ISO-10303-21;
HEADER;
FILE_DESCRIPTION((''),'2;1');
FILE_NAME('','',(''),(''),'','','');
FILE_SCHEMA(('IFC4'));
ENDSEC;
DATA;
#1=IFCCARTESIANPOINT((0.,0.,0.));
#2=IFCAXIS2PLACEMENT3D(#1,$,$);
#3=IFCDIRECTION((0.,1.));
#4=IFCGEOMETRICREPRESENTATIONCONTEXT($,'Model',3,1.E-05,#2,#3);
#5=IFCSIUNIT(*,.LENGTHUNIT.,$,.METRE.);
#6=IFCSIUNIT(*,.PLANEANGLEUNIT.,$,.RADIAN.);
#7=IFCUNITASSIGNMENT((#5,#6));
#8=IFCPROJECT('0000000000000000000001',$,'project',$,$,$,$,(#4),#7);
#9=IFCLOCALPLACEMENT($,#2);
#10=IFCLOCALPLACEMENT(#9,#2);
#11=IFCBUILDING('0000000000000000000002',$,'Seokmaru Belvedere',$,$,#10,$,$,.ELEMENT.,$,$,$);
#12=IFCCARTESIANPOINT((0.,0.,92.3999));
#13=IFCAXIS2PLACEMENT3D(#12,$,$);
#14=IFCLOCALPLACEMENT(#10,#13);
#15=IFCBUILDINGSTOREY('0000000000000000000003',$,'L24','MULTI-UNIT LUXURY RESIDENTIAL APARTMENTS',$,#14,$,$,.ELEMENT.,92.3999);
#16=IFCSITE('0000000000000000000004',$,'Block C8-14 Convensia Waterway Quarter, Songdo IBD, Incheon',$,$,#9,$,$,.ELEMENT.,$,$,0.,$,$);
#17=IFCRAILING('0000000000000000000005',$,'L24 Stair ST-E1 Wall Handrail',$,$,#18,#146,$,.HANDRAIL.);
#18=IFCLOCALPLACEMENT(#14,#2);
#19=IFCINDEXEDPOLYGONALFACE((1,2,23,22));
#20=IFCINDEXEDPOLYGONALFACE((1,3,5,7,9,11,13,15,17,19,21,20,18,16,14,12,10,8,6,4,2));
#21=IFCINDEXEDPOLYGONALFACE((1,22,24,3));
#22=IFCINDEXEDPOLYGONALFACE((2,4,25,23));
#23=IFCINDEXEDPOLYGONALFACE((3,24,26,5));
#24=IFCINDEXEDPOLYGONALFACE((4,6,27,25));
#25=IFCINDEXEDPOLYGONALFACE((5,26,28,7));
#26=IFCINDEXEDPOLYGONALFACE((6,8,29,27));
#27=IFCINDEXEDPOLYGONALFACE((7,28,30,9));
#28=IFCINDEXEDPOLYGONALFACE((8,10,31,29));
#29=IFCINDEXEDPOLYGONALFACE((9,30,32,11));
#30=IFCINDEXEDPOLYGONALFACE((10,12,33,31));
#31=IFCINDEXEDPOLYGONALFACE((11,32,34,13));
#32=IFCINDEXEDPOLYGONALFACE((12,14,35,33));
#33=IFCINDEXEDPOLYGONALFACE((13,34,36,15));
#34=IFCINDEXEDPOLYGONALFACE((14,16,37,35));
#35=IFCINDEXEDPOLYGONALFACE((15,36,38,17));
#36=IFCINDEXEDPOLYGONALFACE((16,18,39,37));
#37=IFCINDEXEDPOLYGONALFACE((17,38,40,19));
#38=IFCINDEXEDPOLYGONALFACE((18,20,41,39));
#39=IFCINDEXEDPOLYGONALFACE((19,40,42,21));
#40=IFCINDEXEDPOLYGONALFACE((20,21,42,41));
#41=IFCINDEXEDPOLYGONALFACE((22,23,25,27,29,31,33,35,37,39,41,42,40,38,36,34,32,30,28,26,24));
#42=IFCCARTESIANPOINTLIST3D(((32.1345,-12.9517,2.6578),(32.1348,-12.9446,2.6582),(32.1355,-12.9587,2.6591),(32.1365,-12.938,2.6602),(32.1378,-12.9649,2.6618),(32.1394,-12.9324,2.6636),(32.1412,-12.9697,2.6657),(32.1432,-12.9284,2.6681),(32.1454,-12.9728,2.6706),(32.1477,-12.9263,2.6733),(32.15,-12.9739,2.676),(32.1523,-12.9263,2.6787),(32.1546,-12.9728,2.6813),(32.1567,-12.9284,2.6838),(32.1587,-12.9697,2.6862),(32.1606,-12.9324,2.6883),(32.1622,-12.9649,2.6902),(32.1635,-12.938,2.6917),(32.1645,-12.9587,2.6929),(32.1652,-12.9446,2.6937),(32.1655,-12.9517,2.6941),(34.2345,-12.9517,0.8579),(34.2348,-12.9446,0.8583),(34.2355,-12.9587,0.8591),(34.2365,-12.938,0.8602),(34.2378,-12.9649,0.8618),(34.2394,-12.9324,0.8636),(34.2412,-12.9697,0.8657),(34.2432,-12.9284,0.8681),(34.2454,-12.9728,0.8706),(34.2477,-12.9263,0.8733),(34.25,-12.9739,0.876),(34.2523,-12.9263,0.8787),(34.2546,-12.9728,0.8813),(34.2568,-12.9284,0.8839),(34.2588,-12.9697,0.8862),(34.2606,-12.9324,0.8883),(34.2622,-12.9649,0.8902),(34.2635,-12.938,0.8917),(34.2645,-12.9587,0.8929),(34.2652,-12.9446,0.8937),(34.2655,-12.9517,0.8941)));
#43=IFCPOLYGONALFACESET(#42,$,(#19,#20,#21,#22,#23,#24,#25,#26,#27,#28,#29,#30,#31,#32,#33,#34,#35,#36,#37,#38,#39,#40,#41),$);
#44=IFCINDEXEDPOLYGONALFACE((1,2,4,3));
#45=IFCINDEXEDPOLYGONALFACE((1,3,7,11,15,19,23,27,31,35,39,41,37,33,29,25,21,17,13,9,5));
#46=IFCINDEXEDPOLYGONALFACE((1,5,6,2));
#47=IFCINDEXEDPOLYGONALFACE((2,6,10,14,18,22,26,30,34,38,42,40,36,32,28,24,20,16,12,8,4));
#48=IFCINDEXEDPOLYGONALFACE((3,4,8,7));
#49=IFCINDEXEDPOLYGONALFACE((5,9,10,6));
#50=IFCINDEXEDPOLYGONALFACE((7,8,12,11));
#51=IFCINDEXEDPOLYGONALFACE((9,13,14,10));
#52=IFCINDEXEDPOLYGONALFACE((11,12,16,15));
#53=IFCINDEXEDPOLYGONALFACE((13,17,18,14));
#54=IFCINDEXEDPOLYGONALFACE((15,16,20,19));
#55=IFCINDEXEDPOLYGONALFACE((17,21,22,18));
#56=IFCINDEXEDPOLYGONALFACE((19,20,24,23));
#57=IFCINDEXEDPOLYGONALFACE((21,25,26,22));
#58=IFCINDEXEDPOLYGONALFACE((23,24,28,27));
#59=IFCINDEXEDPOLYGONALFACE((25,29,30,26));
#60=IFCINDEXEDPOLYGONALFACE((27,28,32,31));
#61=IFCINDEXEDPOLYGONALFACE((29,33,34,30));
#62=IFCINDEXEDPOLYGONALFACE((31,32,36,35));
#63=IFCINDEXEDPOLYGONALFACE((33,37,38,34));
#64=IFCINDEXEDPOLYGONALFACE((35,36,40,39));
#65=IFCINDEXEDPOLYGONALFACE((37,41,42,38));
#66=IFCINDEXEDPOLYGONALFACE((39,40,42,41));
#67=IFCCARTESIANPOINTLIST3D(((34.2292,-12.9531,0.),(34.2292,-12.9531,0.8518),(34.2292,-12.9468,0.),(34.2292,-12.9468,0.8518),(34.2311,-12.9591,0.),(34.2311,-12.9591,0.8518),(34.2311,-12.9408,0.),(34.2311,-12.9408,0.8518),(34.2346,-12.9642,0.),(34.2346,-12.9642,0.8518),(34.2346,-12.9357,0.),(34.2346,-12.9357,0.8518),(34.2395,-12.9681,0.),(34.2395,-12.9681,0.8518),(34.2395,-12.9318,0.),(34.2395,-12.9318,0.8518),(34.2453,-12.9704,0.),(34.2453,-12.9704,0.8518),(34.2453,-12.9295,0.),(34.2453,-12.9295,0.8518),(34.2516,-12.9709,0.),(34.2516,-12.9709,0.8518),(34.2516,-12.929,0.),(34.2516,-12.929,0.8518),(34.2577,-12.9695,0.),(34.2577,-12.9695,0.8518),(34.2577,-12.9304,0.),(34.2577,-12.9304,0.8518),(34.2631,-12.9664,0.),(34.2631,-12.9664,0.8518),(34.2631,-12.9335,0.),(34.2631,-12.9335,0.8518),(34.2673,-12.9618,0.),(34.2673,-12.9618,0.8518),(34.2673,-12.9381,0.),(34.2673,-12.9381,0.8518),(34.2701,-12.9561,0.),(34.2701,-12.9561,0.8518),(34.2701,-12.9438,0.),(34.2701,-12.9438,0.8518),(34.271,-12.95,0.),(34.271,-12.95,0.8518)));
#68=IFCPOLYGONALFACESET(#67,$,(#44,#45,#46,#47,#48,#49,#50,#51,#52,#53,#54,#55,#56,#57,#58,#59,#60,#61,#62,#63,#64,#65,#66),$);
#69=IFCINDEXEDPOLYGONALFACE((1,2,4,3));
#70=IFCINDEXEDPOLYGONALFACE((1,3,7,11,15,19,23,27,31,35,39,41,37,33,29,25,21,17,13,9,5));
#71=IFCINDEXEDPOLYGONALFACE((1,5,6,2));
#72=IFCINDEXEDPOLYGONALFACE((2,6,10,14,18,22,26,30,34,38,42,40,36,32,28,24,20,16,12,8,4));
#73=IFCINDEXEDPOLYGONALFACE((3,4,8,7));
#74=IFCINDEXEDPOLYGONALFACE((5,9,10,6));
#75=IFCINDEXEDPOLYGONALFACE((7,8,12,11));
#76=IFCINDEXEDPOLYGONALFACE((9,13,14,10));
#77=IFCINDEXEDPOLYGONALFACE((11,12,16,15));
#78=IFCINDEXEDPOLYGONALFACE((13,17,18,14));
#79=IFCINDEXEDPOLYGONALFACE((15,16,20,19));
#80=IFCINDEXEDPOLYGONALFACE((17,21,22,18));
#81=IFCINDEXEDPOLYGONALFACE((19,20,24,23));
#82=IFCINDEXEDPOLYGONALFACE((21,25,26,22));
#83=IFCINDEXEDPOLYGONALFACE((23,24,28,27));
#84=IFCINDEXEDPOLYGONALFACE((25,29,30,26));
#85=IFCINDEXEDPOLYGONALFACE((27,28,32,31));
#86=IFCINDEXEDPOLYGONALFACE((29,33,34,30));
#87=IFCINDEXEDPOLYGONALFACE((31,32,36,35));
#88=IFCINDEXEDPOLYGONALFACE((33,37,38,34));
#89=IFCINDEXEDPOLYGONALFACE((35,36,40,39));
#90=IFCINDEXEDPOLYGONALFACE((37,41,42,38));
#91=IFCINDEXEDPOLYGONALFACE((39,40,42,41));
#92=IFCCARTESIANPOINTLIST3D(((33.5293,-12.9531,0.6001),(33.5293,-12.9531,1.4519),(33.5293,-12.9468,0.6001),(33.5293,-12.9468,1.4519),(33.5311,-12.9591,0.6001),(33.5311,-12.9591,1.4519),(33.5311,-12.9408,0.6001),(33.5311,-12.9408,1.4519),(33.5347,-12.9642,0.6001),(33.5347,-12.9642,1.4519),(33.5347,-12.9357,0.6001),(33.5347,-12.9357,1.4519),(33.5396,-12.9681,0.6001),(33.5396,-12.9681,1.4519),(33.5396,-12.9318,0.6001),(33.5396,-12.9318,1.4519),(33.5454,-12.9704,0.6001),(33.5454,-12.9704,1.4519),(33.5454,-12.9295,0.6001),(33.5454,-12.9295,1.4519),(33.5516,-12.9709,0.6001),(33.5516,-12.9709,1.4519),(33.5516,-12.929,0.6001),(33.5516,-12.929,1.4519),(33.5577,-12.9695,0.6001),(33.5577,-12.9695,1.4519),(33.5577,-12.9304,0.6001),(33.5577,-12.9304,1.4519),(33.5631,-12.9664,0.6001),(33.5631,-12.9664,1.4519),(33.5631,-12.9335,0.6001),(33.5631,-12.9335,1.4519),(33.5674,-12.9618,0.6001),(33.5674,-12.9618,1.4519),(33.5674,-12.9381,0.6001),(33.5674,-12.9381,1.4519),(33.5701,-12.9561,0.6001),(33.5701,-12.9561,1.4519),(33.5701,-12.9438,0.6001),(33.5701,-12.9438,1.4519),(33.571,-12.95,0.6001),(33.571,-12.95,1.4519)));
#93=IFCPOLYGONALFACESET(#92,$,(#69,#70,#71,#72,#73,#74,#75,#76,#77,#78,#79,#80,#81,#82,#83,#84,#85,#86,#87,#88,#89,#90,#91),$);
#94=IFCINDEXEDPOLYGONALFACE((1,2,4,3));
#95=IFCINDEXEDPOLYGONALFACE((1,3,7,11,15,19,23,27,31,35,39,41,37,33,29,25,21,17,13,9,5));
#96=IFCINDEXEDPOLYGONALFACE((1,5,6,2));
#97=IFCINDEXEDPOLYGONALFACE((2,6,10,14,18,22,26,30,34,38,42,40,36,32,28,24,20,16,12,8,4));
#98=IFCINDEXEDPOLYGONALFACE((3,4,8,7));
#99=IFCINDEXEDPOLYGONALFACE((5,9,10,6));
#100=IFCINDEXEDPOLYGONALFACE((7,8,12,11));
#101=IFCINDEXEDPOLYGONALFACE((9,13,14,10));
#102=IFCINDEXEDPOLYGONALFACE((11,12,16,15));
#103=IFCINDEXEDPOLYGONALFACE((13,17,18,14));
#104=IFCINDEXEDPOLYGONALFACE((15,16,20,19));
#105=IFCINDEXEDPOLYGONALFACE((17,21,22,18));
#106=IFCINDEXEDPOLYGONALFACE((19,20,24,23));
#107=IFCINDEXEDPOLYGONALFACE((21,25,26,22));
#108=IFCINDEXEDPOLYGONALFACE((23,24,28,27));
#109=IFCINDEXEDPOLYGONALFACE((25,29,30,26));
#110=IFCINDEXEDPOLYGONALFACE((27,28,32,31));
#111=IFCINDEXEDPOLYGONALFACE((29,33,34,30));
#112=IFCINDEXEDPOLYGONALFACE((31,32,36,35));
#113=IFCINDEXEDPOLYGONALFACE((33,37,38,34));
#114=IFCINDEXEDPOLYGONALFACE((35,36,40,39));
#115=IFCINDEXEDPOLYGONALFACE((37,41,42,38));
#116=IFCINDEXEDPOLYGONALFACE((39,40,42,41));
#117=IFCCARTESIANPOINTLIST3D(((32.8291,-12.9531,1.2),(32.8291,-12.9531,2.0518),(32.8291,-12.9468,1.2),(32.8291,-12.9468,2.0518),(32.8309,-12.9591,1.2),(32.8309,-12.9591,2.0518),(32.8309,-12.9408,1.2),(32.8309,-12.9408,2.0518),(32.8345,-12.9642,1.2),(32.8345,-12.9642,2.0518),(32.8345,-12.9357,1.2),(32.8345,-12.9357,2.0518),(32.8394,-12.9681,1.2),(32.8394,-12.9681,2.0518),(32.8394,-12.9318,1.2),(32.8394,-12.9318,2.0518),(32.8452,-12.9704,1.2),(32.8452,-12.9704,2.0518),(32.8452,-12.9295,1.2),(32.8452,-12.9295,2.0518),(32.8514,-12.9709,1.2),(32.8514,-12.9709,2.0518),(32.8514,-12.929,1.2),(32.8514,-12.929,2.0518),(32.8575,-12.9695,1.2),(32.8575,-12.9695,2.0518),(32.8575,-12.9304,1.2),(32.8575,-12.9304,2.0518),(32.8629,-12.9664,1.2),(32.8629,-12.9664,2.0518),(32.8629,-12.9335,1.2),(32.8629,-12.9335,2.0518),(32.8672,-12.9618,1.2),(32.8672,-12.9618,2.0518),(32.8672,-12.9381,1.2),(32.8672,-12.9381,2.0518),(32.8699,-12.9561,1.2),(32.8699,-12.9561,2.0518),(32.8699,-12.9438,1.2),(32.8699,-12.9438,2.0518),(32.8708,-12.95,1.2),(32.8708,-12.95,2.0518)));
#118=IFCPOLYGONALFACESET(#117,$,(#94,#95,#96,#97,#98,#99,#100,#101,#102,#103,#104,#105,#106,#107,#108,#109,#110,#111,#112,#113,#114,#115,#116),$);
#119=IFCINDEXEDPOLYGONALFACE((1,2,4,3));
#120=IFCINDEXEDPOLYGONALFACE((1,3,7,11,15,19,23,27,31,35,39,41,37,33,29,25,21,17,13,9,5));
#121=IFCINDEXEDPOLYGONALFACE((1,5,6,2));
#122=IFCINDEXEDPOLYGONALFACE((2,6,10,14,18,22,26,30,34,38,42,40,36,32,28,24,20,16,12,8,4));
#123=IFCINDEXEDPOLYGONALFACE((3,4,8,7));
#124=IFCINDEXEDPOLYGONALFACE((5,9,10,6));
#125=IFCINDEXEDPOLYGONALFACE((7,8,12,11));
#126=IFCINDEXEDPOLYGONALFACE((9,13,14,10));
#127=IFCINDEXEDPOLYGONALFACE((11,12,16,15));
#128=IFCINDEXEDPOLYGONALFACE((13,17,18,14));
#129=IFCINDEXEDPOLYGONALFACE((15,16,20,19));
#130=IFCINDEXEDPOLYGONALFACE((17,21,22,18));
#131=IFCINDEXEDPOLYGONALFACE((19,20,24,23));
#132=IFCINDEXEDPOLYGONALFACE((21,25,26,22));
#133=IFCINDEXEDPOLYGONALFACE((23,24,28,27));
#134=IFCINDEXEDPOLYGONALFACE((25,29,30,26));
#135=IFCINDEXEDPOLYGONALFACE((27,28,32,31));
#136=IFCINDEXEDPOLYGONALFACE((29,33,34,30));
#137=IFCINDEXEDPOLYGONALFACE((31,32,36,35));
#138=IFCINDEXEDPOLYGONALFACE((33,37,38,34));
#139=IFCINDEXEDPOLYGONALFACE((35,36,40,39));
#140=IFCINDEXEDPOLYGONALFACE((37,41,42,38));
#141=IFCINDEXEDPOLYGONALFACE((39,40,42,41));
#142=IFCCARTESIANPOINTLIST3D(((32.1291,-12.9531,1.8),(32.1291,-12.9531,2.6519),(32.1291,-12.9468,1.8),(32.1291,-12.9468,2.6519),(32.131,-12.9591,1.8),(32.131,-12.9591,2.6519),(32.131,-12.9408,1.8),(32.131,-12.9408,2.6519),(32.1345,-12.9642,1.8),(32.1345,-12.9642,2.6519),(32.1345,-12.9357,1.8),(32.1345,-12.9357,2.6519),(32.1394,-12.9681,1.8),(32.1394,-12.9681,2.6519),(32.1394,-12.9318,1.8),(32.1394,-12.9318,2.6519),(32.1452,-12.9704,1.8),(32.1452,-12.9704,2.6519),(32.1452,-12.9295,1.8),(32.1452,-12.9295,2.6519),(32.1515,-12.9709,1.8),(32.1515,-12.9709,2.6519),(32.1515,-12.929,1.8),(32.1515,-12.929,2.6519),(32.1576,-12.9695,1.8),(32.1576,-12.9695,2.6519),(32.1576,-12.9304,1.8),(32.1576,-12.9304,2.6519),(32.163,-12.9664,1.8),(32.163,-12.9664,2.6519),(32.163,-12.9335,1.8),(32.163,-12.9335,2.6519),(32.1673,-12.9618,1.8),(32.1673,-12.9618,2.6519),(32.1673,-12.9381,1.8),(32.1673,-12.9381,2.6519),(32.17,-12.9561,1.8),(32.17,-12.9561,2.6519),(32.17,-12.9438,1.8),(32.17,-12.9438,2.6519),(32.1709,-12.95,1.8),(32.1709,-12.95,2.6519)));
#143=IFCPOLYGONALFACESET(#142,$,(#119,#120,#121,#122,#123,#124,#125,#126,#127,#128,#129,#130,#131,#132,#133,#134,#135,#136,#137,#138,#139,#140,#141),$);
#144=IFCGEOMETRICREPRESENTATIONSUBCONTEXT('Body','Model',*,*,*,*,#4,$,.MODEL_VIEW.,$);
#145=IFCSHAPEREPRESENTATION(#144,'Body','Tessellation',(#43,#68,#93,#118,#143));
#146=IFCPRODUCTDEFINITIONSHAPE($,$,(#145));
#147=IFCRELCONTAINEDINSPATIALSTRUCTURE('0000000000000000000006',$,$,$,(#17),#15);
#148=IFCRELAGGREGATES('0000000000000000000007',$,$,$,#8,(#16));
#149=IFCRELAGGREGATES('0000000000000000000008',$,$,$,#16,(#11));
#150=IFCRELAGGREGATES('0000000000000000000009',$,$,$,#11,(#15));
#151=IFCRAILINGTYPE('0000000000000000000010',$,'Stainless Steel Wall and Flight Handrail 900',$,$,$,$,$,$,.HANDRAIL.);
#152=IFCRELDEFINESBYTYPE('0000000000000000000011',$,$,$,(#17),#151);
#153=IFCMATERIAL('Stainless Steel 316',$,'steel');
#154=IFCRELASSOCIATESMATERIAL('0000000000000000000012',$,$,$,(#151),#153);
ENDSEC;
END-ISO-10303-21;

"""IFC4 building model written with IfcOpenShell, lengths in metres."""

from ifc_helpers import new_model, si_unit, direction, frame, origin, origin_2d, place, context, subcontext, project, spatial, circle, extrude, material, type_object, element, save


model = new_model("IFC4")

# Units and contexts
model_context = context("Model", 3, precision=1e-05, world=origin(), true_north=direction((0.0, 1.0)))
body_context = subcontext(model_context, "Body", "Model", "MODEL_VIEW")
ifc_project = project(units=[si_unit("LENGTHUNIT", "METRE"), si_unit("PLANEANGLEUNIT", "RADIAN")], contexts=[model_context])

# Site, building, storey
site_placement = place(None, origin())
site = spatial("IfcSite", under=ifc_project, at=site_placement, Name="Block C8-14 Convensia Waterway Quarter, Songdo IBD, Incheon", CompositionType="ELEMENT", RefElevation=0.0)
building_placement = place(site_placement, origin())
building = spatial("IfcBuilding", under=site, at=building_placement, Name="Seokmaru Belvedere", CompositionType="ELEMENT")
storey_placement = place(building_placement, frame((0.0, 0.0, 92.3999)))
storey = spatial("IfcBuildingStorey", under=building, at=storey_placement, Name="L24", Description="MULTI-UNIT LUXURY RESIDENTIAL APARTMENTS", CompositionType="ELEMENT", Elevation=92.3999)

# Shared definitions
ifc_material_1 = material(Name="Stainless Steel 316", Category="steel")

# Railing
railing_type_1 = type_object("IfcRailingType", Name="Stainless Steel Wall and Flight Handrail 900", PredefinedType="HANDRAIL", material=ifc_material_1)
railing_1_placement = place(storey_placement, frame((34.25, -12.95, 0.0)))
element("IfcRailing", 1, at=railing_1_placement, inside=storey, type_object=railing_type_1, Name="L24 Stair ST-E1 Wall Handrail", PredefinedType="HANDRAIL", context=body_context, shape_type="SweptSolid", body=[
    extrude(circle(Radius=0.0239, at=origin_2d()), frame((0.0, 0.0, 0.876), z_axis=(-0.759263, 0.0, 0.650784), x_axis=(0.0, -1.0, 0.0)), (0.0, 0.0, 1.0), 2.7659),
    extrude(circle(Radius=0.021, at=origin_2d()), origin(), (0.0, 0.0, 1.0), 0.8518),
    extrude(circle(Radius=0.021, at=origin_2d()), frame((-0.7, 0.0, 0.6001)), (0.0, 0.0, 1.0), 0.8518),
    extrude(circle(Radius=0.021, at=origin_2d()), frame((-1.4001, 0.0, 1.2)), (0.0, 0.0, 1.0), 0.8518),
    extrude(circle(Radius=0.021, at=origin_2d()), frame((-2.1001, 0.0, 1.8)), (0.0, 0.0, 1.0), 0.8518),
])

save(model, "model.ifc")
